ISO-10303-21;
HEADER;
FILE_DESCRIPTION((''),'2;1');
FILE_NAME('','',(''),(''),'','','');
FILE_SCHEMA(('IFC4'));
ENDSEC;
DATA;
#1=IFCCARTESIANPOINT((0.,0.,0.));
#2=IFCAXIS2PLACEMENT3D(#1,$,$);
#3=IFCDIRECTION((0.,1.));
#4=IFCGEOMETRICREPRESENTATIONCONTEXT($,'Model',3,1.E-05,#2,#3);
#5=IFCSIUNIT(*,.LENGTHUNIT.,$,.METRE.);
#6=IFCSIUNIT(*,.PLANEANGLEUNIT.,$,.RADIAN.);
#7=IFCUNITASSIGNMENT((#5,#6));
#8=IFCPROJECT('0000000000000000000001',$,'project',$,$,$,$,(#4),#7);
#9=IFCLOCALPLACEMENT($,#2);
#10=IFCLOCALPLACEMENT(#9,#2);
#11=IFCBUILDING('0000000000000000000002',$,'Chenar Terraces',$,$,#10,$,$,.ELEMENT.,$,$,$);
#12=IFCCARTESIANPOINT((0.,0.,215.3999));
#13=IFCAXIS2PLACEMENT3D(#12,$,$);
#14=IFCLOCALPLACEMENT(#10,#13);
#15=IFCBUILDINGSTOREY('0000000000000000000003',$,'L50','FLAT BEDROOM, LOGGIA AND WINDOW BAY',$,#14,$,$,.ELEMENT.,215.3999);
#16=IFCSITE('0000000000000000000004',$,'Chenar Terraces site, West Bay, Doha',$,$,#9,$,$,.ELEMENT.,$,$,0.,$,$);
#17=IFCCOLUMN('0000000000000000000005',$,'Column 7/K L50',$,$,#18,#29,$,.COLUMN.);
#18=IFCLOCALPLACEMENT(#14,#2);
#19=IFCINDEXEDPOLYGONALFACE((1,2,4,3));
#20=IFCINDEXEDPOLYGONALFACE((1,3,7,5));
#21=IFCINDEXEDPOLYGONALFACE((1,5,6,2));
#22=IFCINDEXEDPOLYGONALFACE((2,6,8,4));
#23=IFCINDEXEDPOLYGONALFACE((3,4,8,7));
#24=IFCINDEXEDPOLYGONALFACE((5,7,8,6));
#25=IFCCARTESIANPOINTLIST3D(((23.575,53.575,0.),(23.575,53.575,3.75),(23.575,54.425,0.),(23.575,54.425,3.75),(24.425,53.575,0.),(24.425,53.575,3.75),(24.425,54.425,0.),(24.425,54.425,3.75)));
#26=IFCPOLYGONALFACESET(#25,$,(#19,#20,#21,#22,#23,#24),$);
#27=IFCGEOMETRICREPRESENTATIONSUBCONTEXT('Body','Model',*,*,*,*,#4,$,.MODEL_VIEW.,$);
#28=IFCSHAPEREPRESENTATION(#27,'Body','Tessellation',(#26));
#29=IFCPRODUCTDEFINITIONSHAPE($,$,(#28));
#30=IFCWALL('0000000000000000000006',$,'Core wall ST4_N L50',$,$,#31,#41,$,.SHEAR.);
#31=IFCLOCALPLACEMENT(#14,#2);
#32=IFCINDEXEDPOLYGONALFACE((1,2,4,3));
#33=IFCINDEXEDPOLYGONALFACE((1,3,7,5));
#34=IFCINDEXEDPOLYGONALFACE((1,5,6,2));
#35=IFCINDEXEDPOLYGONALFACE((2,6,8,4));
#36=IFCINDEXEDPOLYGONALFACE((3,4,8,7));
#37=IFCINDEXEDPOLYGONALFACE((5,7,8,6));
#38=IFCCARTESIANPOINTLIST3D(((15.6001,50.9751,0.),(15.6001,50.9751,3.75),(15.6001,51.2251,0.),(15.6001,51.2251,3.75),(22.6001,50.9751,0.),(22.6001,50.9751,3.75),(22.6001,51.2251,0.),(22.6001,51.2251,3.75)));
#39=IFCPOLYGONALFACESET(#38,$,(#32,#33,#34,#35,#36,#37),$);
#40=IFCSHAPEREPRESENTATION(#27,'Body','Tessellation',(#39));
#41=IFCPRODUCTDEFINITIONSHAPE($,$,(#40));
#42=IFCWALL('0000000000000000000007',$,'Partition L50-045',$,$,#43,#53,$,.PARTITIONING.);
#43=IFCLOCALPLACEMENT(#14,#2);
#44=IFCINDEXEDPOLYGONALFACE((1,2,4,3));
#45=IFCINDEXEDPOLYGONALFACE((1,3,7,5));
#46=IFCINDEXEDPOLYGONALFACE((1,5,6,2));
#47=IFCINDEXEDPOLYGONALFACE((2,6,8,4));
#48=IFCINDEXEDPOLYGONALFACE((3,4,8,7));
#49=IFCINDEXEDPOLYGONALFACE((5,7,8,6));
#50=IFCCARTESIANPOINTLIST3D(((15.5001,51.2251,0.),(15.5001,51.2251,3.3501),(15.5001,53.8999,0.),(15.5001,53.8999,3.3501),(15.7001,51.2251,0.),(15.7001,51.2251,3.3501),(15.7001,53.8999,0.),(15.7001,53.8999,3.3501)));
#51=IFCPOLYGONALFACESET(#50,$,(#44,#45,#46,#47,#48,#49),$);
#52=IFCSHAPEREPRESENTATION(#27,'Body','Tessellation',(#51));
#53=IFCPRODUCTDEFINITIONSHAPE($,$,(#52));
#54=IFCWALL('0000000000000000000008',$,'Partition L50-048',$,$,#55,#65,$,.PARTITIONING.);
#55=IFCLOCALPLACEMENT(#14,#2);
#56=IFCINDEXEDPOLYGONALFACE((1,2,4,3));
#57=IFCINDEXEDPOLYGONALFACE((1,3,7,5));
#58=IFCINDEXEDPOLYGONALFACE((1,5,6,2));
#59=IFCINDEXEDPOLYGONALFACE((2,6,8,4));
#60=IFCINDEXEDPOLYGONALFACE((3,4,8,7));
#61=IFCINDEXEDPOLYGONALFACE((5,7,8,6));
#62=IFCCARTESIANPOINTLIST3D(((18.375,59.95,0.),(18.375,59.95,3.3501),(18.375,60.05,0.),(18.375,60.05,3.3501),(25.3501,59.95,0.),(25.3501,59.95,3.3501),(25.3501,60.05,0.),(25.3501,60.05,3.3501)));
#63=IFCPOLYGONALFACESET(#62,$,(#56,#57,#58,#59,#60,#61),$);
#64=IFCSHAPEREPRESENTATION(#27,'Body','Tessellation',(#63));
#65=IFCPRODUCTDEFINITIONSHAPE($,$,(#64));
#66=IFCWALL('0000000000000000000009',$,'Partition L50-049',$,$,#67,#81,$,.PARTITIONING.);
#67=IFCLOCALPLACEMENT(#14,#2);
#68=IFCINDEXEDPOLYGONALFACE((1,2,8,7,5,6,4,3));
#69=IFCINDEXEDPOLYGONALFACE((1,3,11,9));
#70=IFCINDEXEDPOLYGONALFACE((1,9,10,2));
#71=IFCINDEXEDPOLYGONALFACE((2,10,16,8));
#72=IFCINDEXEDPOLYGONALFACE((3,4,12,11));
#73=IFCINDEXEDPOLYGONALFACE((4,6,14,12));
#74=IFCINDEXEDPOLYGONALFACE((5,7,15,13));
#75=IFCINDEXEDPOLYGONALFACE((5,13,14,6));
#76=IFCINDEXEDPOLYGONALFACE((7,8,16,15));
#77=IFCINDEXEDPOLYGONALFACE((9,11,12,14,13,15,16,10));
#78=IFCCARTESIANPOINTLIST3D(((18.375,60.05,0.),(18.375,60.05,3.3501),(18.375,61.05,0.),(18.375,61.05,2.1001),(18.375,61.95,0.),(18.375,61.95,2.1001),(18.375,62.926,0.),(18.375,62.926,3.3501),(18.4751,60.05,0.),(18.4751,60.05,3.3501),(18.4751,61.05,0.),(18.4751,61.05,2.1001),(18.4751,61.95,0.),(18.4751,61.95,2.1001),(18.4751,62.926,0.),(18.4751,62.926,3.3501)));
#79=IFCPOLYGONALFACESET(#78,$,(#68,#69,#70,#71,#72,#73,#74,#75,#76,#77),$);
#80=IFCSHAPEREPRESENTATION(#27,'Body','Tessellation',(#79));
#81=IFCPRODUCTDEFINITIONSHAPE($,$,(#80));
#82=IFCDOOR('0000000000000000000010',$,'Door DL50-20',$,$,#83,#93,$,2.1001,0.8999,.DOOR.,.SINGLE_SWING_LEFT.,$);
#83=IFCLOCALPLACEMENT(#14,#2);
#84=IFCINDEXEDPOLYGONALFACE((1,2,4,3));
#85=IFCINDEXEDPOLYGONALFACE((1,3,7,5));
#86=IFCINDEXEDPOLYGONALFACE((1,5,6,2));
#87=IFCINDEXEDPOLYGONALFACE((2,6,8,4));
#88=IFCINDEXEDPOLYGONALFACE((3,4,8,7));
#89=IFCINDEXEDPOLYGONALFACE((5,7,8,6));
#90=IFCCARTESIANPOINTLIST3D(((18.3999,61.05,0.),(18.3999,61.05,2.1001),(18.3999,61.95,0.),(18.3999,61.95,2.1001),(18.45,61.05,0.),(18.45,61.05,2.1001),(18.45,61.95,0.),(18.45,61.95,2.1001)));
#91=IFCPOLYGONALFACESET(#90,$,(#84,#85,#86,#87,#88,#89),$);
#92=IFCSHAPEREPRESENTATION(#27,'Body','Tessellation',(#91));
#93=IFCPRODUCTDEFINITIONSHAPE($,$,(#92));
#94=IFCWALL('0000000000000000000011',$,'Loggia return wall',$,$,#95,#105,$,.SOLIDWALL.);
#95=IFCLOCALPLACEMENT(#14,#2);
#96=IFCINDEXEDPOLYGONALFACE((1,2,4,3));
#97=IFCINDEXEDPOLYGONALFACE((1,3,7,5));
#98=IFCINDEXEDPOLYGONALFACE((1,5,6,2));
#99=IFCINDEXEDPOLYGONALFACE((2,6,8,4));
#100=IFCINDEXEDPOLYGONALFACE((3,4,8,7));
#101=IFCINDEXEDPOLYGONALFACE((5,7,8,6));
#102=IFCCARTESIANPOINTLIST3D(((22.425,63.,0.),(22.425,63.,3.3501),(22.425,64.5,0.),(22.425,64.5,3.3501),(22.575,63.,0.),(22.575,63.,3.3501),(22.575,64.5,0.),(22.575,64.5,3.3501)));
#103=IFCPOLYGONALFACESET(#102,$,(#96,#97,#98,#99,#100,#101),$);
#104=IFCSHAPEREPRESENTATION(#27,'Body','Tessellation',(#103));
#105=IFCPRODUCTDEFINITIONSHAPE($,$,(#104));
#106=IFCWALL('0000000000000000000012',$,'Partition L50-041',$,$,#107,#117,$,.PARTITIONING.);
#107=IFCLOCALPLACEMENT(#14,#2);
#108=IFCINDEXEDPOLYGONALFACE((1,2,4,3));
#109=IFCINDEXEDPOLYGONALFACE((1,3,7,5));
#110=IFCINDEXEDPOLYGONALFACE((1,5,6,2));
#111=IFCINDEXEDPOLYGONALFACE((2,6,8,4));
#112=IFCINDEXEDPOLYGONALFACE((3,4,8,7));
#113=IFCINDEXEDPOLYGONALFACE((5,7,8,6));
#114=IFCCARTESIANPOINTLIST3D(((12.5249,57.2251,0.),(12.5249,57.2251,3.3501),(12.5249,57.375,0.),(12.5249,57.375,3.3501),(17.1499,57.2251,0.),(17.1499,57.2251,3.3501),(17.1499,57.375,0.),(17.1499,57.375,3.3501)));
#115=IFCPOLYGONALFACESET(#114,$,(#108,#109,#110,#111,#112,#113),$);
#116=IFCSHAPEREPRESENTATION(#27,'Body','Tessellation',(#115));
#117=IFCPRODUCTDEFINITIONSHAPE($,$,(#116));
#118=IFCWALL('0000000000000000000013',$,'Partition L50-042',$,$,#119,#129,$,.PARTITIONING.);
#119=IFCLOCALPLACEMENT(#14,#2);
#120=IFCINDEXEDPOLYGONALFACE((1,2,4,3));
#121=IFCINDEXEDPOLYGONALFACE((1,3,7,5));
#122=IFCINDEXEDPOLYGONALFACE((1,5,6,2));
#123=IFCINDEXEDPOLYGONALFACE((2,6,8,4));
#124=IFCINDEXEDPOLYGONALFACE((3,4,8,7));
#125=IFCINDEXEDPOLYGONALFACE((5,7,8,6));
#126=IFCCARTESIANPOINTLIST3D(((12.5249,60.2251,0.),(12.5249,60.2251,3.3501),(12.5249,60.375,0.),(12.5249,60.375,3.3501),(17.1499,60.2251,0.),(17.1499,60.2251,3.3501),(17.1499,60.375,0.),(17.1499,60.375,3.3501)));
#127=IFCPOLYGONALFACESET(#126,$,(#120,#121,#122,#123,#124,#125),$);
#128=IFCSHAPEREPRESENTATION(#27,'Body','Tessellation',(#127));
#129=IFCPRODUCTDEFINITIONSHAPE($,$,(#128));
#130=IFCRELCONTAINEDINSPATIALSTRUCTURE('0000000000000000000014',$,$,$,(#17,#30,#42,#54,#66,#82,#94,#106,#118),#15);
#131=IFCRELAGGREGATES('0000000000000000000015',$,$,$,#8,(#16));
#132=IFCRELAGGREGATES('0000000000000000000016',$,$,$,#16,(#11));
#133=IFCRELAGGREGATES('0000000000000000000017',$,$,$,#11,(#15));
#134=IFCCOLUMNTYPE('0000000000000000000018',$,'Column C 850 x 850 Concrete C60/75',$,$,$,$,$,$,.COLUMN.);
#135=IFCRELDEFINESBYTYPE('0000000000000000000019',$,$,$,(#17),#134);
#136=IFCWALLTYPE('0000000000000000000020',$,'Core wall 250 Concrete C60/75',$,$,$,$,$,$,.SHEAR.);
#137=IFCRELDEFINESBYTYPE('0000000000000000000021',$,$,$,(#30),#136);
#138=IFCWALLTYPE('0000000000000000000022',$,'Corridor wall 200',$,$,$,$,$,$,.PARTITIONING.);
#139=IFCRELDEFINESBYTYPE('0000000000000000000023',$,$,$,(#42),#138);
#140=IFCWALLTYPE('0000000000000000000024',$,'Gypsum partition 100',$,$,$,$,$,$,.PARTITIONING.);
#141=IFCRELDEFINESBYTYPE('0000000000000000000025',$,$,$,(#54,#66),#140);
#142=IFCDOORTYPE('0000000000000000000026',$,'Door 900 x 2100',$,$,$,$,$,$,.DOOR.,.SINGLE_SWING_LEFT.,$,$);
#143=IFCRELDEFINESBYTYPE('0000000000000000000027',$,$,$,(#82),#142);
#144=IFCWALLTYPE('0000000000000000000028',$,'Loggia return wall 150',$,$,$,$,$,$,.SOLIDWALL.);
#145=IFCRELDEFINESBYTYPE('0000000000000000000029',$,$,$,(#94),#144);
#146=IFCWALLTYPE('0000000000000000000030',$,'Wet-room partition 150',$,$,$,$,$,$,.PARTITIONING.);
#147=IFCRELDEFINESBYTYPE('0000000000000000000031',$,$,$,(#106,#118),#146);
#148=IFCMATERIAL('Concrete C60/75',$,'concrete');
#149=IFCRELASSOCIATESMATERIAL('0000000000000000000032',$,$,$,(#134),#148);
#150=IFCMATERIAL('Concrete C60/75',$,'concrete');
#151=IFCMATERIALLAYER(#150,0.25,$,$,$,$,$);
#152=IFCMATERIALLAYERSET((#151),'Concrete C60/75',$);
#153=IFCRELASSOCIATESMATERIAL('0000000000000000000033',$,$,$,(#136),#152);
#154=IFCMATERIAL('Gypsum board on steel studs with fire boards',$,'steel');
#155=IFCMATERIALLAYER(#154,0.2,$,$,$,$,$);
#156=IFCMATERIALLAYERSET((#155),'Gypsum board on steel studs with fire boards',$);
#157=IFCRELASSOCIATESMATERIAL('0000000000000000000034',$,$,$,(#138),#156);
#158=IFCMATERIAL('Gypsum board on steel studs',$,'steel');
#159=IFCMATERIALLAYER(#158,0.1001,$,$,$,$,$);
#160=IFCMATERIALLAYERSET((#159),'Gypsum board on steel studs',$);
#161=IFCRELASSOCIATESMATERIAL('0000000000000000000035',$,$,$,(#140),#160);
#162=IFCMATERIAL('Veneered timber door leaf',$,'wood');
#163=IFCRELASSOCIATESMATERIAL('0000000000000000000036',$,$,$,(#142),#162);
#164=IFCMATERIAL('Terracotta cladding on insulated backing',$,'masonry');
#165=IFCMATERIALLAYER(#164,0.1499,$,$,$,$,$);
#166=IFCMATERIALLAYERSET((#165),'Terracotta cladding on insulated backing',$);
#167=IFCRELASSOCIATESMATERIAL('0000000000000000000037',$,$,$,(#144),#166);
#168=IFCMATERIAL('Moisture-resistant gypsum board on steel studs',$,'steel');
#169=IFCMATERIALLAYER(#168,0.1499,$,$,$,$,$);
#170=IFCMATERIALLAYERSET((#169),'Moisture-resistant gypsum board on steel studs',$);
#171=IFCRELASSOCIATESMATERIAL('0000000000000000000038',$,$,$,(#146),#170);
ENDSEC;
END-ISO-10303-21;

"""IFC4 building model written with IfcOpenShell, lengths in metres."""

from ifc_helpers import new_model, si_unit, direction, frame, frame_2d, origin, origin_2d, place, context, subcontext, project, spatial, rectangle, extrude, material, layer, layer_set, material_profile, profile_set, type_object, element, fill, save


model = new_model("IFC4")

# Units and contexts
model_context = context("Model", 3, precision=1e-05, world=origin(), true_north=direction((0.0, 1.0)))
body_context = subcontext(model_context, "Body", "Model", "MODEL_VIEW")
ifc_project = project(units=[si_unit("LENGTHUNIT", "METRE"), si_unit("PLANEANGLEUNIT", "RADIAN")], contexts=[model_context])

# Site, building, storey
site_placement = place(None, origin())
site = spatial("IfcSite", under=ifc_project, at=site_placement, Name="Chenar Terraces site, West Bay, Doha", CompositionType="ELEMENT", RefElevation=0.0)
building_placement = place(site_placement, origin())
building = spatial("IfcBuilding", under=site, at=building_placement, Name="Chenar Terraces", CompositionType="ELEMENT")
storey_placement = place(building_placement, frame((0.0, 0.0, 215.3999)))
storey = spatial("IfcBuildingStorey", under=building, at=storey_placement, Name="L50", Description="FLAT BEDROOM, LOGGIA AND WINDOW BAY", CompositionType="ELEMENT", Elevation=215.3999)

# Column
ifc_material_1 = material(Name="Concrete C60/75", Category="concrete")
ifc_material_profile = material_profile(ifc_material_1, rectangle(XDim=0.8501, YDim=0.8501, at=origin_2d()), Name="C 850 x 850")
ifc_profile_set = profile_set([ifc_material_profile], Name="Concrete C60/75")
column_type = type_object("IfcColumnType", Name="Column C 850 x 850 Concrete C60/75", PredefinedType="COLUMN", material=ifc_profile_set)
column_placement = place(storey_placement, frame((24.0, 54.0, 0.0), z_axis=(0.0, 0.0, 1.0), x_axis=(1.0, 0.0, 0.0)))
element("IfcColumn", 1, at=column_placement, inside=storey, type_object=column_type, Name="Column 7/K L50", PredefinedType="COLUMN", context=body_context, shape_type="SweptSolid", body=[
    extrude(rectangle(XDim=0.8501, YDim=0.8501, at=origin_2d()), origin(), (0.0, 0.0, 1.0), 3.75),
])

# Walls
ifc_material_2 = material(Name="Concrete C60/75", Category="concrete")
ifc_layer_1 = layer(ifc_material_2, 0.25)
ifc_layer_set_1 = layer_set([ifc_layer_1], Name="Concrete C60/75")
wall_type_1 = type_object("IfcWallType", Name="Core wall 250 Concrete C60/75", PredefinedType="SHEAR", material=ifc_layer_set_1)
wall_1_placement = place(storey_placement, frame((15.6001, 51.1001, 0.0), z_axis=(0.0, 0.0, 1.0), x_axis=(1.0, 0.0, 0.0)))
element("IfcWall", 2, at=wall_1_placement, inside=storey, type_object=wall_type_1, Name="Core wall ST4_N L50", PredefinedType="SHEAR", context=body_context, shape_type="SweptSolid", body=[
    extrude(rectangle(XDim=7.0, YDim=0.25, at=frame_2d((3.5, 0.0))), origin(), (0.0, 0.0, 1.0), 3.75),
])
ifc_material_3 = material(Name="Gypsum board on steel studs with fire boards", Category="steel")
ifc_layer_2 = layer(ifc_material_3, 0.2)
ifc_layer_set_2 = layer_set([ifc_layer_2], Name="Gypsum board on steel studs with fire boards")
wall_type_2 = type_object("IfcWallType", Name="Corridor wall 200", PredefinedType="PARTITIONING", material=ifc_layer_set_2)
wall_2_placement = place(storey_placement, frame((15.6001, 51.2251, 0.0), z_axis=(0.0, 0.0, 1.0), x_axis=(0.0, 1.0, 0.0)))
element("IfcWall", 3, at=wall_2_placement, inside=storey, type_object=wall_type_2, Name="Partition L50-045", PredefinedType="PARTITIONING", context=body_context, shape_type="SweptSolid", body=[
    extrude(rectangle(XDim=2.6748, YDim=0.2, at=frame_2d((1.3374, 0.0))), origin(), (0.0, 0.0, 1.0), 3.3501),
])

# Wall
ifc_material_4 = material(Name="Gypsum board on steel studs", Category="steel")
ifc_layer_3 = layer(ifc_material_4, 0.1001)
ifc_layer_set_3 = layer_set([ifc_layer_3], Name="Gypsum board on steel studs")
wall_type_3 = type_object("IfcWallType", Name="Gypsum partition 100", PredefinedType="PARTITIONING", material=ifc_layer_set_3)
wall_3_placement = place(storey_placement, frame((18.375, 60.0, 0.0), z_axis=(0.0, 0.0, 1.0), x_axis=(1.0, 0.0, 0.0)))
element("IfcWall", 4, at=wall_3_placement, inside=storey, type_object=wall_type_3, Name="Partition L50-048", PredefinedType="PARTITIONING", context=body_context, shape_type="SweptSolid", body=[
    extrude(rectangle(XDim=6.9751, YDim=0.1001, at=frame_2d((3.4875, 0.0))), origin(), (0.0, 0.0, 1.0), 3.3501),
])

# Wall, opening, door
wall_4_placement = place(storey_placement, frame((18.425, 60.05, 0.0), z_axis=(0.0, 0.0, 1.0), x_axis=(0.0, 1.0, 0.0)))
wall_4 = element("IfcWall", 5, at=wall_4_placement, inside=storey, type_object=wall_type_3, Name="Partition L50-049", PredefinedType="PARTITIONING", context=body_context, shape_type="SweptSolid", body=[
    extrude(rectangle(XDim=2.876, YDim=0.1001, at=frame_2d((1.438, 0.0))), origin(), (0.0, 0.0, 1.0), 3.3501),
])
opening_1_placement = place(wall_4_placement, frame((1.0, 0.0, 0.0)))
opening_1 = element("IfcOpeningElement", 6, at=opening_1_placement, cuts=wall_4, PredefinedType="OPENING", context=body_context, shape_type="SweptSolid", body=[
    extrude(rectangle(XDim=0.8999, YDim=2.1001, at=frame_2d((0.45, 1.05))), frame((0.0, 0.0601, 0.0), z_axis=(0.0, -1.0, 0.0), x_axis=(1.0, 0.0, 0.0)), (0.0, 0.0, 1.0), 0.1201),
])
ifc_material_5 = material(Name="Veneered timber door leaf", Category="wood")
door_type_1 = type_object("IfcDoorType", Name="Door 900 x 2100", OperationType="SINGLE_SWING_LEFT", PredefinedType="DOOR", material=ifc_material_5)
door_1_placement = place(opening_1_placement, frame((0.8999, 0.0, 0.0), z_axis=(0.0, 0.0, 1.0), x_axis=(-1.0, 0.0, 0.0)))
door_1 = element("IfcDoor", 7, at=door_1_placement, inside=storey, type_object=door_type_1, Name="Door DL50-20", OperationType="SINGLE_SWING_LEFT", OverallHeight=2.1001, OverallWidth=0.8999, PredefinedType="DOOR", context=body_context, shape_type="SweptSolid", body=[
    extrude(rectangle(XDim=0.8999, YDim=2.1001, at=frame_2d((0.45, 1.05))), frame((0.0, 0.0249, 0.0), z_axis=(0.0, -1.0, 0.0), x_axis=(1.0, 0.0, 0.0)), (0.0, 0.0, 1.0), 0.05),
])
fill(opening_1, door_1)

# Walls
ifc_material_6 = material(Name="Terracotta cladding on insulated backing", Category="masonry")
ifc_layer_4 = layer(ifc_material_6, 0.1499)
ifc_layer_set_4 = layer_set([ifc_layer_4], Name="Terracotta cladding on insulated backing")
wall_type_4 = type_object("IfcWallType", Name="Loggia return wall 150", PredefinedType="SOLIDWALL", material=ifc_layer_set_4)
wall_5_placement = place(storey_placement, frame((22.5, 64.5, 0.0), z_axis=(0.0, 0.0, 1.0), x_axis=(0.0, -1.0, 0.0)))
element("IfcWall", 8, at=wall_5_placement, inside=storey, type_object=wall_type_4, Name="Loggia return wall", PredefinedType="SOLIDWALL", context=body_context, shape_type="SweptSolid", body=[
    extrude(rectangle(XDim=1.5, YDim=0.1499, at=frame_2d((0.75, 0.0))), origin(), (0.0, 0.0, 1.0), 3.3501),
])
ifc_material_7 = material(Name="Moisture-resistant gypsum board on steel studs", Category="steel")
ifc_layer_5 = layer(ifc_material_7, 0.1499)
ifc_layer_set_5 = layer_set([ifc_layer_5], Name="Moisture-resistant gypsum board on steel studs")
wall_type_5 = type_object("IfcWallType", Name="Wet-room partition 150", PredefinedType="PARTITIONING", material=ifc_layer_set_5)
for number, where, z_axis, x_axis, name in (
    (9, (12.5249, 57.3, 0.0), (0.0, 0.0, 1.0), (1.0, 0.0, 0.0), "Partition L50-041"),
    (10, (12.5249, 60.3, 0.0), (0.0, 0.0, 1.0), (1.0, 0.0, 0.0), "Partition L50-042"),
):
    element("IfcWall", number, at=place(storey_placement, frame(where, z_axis=z_axis, x_axis=x_axis)), inside=storey, type_object=wall_type_5, Name=name, PredefinedType="PARTITIONING", context=body_context, shape_type="SweptSolid", body=[
        extrude(rectangle(XDim=4.625, YDim=0.1499, at=frame_2d((2.3125, 0.0))), origin(), (0.0, 0.0, 1.0), 3.3501),
    ])

save(model, "model.ifc")
